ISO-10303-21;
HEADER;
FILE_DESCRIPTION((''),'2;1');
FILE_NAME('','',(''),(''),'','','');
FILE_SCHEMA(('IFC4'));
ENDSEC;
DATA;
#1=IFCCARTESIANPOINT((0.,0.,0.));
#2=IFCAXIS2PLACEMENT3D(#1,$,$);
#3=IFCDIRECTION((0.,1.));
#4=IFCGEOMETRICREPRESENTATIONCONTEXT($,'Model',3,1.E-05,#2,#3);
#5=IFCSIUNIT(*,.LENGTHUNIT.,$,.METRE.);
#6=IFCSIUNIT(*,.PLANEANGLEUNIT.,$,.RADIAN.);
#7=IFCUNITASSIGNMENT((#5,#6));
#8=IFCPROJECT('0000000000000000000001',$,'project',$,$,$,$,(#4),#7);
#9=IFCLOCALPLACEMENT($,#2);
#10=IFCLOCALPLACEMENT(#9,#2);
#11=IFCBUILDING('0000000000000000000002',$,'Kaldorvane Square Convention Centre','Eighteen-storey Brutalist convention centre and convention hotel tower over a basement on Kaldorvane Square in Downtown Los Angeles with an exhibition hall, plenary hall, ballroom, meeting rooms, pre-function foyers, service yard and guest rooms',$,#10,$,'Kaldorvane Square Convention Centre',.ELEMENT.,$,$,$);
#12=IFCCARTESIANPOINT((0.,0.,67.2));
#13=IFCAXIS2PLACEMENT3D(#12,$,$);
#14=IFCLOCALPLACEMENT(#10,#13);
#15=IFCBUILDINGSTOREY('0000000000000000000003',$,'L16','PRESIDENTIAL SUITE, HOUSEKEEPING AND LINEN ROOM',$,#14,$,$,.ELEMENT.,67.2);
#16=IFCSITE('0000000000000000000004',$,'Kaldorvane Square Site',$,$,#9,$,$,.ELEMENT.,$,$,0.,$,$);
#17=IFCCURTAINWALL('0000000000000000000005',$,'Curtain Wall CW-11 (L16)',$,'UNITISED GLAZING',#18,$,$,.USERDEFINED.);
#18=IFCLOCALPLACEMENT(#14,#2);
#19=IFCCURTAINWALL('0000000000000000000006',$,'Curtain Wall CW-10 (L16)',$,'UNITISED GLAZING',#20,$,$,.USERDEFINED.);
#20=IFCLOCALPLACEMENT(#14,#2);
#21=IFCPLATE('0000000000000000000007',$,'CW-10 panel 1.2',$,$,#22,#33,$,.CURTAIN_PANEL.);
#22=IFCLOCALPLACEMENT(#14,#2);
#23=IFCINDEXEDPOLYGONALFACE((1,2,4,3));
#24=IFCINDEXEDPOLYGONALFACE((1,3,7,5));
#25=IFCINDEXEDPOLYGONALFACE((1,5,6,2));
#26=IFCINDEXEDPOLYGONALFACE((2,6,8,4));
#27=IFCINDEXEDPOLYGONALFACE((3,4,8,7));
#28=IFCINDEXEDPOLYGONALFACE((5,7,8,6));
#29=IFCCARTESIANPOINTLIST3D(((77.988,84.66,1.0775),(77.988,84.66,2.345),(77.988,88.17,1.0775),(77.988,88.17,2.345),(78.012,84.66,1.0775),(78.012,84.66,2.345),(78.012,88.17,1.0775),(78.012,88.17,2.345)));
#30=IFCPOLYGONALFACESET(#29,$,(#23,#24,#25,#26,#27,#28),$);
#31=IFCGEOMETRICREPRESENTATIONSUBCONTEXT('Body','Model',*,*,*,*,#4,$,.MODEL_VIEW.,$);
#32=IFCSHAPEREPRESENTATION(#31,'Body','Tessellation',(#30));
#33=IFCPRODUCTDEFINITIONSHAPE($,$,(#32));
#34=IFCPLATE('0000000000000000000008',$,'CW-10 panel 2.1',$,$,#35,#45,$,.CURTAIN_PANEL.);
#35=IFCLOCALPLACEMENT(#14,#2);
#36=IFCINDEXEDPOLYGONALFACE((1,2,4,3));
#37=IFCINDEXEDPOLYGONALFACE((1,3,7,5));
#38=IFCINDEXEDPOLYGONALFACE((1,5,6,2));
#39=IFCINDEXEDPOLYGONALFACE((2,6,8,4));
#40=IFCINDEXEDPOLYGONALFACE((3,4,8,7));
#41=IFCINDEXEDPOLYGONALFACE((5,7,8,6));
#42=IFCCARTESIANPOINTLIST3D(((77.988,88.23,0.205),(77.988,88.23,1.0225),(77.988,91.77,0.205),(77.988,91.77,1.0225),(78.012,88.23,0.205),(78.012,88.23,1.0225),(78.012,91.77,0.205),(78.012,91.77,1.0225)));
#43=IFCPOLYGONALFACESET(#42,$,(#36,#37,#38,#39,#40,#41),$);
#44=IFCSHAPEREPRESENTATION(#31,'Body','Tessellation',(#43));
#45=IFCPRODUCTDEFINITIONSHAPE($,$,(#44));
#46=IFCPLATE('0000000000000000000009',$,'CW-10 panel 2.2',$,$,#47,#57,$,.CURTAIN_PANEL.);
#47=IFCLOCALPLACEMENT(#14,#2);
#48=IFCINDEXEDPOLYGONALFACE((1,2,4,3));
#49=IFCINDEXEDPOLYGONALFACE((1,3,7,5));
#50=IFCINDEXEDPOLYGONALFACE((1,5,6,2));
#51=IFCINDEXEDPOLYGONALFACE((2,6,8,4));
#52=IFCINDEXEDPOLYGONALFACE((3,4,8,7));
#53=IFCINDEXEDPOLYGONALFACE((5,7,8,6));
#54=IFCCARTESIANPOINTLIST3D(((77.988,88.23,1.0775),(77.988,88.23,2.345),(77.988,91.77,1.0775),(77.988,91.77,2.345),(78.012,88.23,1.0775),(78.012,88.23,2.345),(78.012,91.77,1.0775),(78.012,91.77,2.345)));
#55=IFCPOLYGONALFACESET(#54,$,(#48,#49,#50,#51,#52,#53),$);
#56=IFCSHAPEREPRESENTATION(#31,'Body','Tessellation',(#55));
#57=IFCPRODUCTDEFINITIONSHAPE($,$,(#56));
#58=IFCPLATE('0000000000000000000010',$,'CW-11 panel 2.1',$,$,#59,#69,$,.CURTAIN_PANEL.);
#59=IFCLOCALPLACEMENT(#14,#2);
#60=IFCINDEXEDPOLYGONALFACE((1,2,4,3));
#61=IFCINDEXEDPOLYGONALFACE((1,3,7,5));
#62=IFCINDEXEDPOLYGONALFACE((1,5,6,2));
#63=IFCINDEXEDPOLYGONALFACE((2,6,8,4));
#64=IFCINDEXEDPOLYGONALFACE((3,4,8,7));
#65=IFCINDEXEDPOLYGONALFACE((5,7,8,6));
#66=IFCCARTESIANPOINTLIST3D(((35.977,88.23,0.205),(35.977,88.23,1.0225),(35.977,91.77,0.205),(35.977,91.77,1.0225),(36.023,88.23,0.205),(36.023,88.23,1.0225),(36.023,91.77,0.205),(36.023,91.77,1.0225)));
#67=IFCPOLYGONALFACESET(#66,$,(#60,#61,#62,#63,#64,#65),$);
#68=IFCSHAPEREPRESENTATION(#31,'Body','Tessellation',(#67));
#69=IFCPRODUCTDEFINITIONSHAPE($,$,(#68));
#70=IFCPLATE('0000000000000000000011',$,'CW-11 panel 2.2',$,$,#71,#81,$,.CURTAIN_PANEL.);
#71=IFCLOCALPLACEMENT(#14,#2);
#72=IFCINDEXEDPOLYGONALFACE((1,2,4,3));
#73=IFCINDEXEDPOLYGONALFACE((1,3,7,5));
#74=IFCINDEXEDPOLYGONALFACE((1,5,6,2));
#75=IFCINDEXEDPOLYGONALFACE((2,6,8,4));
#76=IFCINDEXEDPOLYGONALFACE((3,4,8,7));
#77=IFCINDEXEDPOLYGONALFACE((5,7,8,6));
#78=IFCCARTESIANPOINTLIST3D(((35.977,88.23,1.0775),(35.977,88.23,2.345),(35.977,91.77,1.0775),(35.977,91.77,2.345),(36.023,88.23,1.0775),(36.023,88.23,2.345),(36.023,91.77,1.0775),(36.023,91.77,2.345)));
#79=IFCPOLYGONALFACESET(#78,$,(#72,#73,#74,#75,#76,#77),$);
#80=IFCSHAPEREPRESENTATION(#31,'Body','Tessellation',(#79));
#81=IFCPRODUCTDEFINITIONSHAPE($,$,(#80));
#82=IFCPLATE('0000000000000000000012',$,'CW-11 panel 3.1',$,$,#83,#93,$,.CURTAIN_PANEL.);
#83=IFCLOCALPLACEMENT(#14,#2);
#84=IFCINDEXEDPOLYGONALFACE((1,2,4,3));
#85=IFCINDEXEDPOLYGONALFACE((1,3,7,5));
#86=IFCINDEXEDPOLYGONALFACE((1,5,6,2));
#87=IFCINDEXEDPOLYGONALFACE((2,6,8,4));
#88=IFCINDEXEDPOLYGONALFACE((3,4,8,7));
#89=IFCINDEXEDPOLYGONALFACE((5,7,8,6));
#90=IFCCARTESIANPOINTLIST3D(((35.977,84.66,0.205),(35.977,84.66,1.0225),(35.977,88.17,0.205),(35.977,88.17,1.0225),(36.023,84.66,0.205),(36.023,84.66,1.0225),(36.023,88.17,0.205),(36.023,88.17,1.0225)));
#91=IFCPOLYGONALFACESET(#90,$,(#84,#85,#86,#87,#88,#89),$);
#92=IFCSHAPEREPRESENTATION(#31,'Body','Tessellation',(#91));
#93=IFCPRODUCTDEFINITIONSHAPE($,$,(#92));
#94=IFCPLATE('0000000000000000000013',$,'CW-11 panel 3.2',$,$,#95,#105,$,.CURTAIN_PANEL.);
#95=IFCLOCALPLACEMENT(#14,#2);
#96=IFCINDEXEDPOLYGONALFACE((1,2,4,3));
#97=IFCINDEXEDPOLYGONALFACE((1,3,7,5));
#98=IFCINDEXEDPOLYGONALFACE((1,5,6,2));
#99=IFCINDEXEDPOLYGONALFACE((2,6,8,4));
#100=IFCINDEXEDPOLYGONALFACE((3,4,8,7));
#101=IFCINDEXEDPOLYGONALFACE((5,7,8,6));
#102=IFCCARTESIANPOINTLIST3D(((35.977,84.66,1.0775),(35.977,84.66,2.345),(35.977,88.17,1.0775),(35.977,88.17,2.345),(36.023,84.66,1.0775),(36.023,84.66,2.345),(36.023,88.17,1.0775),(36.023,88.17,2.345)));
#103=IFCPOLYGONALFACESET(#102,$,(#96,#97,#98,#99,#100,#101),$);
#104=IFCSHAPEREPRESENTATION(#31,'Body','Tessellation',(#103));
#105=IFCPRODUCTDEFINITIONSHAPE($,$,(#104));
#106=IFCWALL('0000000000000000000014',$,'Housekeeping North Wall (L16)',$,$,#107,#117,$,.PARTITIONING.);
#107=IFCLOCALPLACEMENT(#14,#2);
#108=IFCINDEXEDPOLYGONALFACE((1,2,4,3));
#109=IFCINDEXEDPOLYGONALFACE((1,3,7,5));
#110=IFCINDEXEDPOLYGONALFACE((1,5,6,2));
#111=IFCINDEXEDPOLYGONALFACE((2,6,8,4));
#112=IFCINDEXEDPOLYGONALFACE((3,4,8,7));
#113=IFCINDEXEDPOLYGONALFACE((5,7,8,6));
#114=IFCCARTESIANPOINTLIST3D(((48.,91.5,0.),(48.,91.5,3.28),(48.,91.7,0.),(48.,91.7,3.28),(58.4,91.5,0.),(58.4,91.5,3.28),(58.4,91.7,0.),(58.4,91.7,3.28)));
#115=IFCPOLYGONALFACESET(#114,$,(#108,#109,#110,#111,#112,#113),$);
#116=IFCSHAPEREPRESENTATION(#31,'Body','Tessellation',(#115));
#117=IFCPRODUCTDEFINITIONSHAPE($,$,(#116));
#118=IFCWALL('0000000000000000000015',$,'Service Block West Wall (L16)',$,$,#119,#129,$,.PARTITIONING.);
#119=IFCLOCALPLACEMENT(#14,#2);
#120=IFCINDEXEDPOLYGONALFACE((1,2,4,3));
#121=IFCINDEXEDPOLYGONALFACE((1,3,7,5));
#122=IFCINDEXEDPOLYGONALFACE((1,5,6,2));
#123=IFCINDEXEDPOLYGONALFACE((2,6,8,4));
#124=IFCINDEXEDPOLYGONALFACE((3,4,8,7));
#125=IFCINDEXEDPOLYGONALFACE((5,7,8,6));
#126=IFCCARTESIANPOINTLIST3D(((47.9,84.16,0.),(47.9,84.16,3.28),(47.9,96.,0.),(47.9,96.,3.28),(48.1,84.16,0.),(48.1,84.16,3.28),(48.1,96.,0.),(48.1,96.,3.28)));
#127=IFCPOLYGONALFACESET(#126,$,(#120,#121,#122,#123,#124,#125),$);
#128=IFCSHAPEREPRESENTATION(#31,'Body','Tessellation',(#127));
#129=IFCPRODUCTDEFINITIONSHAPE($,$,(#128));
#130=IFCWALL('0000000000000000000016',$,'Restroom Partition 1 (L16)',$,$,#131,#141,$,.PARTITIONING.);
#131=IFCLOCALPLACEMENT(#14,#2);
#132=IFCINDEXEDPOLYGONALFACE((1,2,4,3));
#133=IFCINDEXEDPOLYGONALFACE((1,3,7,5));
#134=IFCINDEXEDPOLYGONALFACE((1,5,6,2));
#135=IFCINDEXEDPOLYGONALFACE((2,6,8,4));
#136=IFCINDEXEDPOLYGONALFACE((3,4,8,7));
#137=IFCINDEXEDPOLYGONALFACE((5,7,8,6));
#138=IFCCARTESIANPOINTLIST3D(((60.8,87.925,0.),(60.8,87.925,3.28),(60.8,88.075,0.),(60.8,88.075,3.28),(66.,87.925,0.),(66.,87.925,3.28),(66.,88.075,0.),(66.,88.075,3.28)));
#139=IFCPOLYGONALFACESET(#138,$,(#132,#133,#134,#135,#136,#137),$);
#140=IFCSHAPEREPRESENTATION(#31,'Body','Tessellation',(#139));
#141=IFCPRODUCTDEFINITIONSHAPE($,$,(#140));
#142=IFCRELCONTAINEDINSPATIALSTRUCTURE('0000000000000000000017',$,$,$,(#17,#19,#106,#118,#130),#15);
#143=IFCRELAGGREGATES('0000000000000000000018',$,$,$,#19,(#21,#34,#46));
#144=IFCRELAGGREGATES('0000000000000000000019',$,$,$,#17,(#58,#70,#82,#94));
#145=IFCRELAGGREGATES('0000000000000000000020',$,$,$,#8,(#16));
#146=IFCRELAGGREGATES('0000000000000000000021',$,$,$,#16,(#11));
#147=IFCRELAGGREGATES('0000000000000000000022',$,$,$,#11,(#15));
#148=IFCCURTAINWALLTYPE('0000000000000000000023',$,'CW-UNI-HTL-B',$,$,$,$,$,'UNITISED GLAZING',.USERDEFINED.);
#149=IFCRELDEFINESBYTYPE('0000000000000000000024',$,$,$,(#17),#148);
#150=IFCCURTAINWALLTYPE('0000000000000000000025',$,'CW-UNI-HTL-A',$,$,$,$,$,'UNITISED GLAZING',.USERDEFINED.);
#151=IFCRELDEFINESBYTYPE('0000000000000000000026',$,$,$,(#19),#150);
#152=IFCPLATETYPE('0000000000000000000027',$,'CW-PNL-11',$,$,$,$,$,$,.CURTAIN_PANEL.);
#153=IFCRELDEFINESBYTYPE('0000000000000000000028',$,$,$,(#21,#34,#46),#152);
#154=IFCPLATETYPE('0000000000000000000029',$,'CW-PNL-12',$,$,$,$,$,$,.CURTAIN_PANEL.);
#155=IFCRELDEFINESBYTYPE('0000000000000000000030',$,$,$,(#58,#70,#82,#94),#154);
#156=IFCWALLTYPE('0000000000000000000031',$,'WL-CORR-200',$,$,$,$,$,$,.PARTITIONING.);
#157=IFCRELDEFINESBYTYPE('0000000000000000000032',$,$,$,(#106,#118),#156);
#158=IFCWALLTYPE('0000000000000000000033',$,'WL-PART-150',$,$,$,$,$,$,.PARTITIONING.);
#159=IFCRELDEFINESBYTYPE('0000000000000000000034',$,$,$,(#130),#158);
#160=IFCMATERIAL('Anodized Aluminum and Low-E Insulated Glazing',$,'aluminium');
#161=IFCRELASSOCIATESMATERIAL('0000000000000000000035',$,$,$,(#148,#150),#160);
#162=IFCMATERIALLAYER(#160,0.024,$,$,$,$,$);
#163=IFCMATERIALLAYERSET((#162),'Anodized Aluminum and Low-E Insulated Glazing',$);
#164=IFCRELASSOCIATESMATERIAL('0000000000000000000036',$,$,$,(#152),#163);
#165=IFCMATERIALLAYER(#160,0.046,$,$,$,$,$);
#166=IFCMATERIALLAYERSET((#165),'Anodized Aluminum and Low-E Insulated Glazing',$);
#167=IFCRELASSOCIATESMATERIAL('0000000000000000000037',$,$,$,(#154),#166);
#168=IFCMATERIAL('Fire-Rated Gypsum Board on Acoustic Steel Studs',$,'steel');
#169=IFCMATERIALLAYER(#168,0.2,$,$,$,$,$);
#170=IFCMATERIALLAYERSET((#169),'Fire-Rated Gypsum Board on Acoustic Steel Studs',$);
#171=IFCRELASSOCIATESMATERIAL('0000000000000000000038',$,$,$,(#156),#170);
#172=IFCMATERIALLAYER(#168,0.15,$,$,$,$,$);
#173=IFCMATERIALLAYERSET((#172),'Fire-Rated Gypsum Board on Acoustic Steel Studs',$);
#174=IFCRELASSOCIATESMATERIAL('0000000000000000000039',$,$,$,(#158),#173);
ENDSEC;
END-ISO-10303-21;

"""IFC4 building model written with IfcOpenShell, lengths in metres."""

from ifc_helpers import new_model, si_unit, direction, frame, frame_2d, origin, origin_2d, place, context, subcontext, project, spatial, rectangle, extrude, material, layer, layer_set, type_object, element, aggregate, save


model = new_model("IFC4")

# Units and contexts
model_context = context("Model", 3, precision=1e-05, world=origin(), true_north=direction((0.0, 1.0)))
body_context = subcontext(model_context, "Body", "Model", "MODEL_VIEW")
ifc_project = project(units=[si_unit("LENGTHUNIT", "METRE"), si_unit("PLANEANGLEUNIT", "RADIAN")], contexts=[model_context])

# Site, building, storey
site_placement = place(None, origin())
site = spatial("IfcSite", under=ifc_project, at=site_placement, Name="Kaldorvane Square Site", CompositionType="ELEMENT", RefElevation=0.0)
building_placement = place(site_placement, origin())
building = spatial("IfcBuilding", under=site, at=building_placement, Name="Kaldorvane Square Convention Centre", Description="Eighteen-storey Brutalist convention centre and convention hotel tower over a basement on Kaldorvane Square in Downtown Los Angeles with an exhibition hall, plenary hall, ballroom, meeting rooms, pre-function foyers, service yard and guest rooms", LongName="Kaldorvane Square Convention Centre", CompositionType="ELEMENT")
storey_placement = place(building_placement, frame((0.0, 0.0, 67.2)))
storey = spatial("IfcBuildingStorey", under=building, at=storey_placement, Name="L16", Description="PRESIDENTIAL SUITE, HOUSEKEEPING AND LINEN ROOM", CompositionType="ELEMENT", Elevation=67.2)

# Curtain walls
ifc_material_1 = material(Name="Anodized Aluminum and Low-E Insulated Glazing", Category="aluminium")
curtain_wall_type_1 = type_object("IfcCurtainWallType", Name="CW-UNI-HTL-B", ElementType="UNITISED GLAZING", PredefinedType="USERDEFINED", material=ifc_material_1)
curtain_wall_1_placement = place(storey_placement, origin())
curtain_wall_1 = element("IfcCurtainWall", 1, at=curtain_wall_1_placement, inside=storey, type_object=curtain_wall_type_1, Name="Curtain Wall CW-11 (L16)", ObjectType="UNITISED GLAZING", PredefinedType="USERDEFINED")
curtain_wall_type_2 = type_object("IfcCurtainWallType", Name="CW-UNI-HTL-A", ElementType="UNITISED GLAZING", PredefinedType="USERDEFINED", material=ifc_material_1)
curtain_wall_2_placement = place(storey_placement, origin())
curtain_wall_2 = element("IfcCurtainWall", 2, at=curtain_wall_2_placement, inside=storey, type_object=curtain_wall_type_2, Name="Curtain Wall CW-10 (L16)", ObjectType="UNITISED GLAZING", PredefinedType="USERDEFINED")

# Plates
ifc_layer_1 = layer(ifc_material_1, 0.024)
ifc_layer_set_1 = layer_set([ifc_layer_1], Name="Anodized Aluminum and Low-E Insulated Glazing")
plate_type_1 = type_object("IfcPlateType", Name="CW-PNL-11", PredefinedType="CURTAIN_PANEL", material=ifc_layer_set_1)
plate_1_placement = place(storey_placement, frame((78.0, 86.415, 1.0775), z_axis=(0.0, 0.0, 1.0), x_axis=(0.0, 1.0, 0.0)))
plate_1 = element("IfcPlate", 3, at=plate_1_placement, type_object=plate_type_1, Name="CW-10 panel 1.2", PredefinedType="CURTAIN_PANEL", context=body_context, shape_type="SweptSolid", body=[
    extrude(rectangle(XDim=3.51, YDim=0.024, at=origin_2d()), origin(), (0.0, 0.0, 1.0), 1.2675),
])
plate_2_placement = place(storey_placement, frame((78.0, 90.0, 0.205), z_axis=(0.0, 0.0, 1.0), x_axis=(0.0, 1.0, 0.0)))
plate_2 = element("IfcPlate", 4, at=plate_2_placement, type_object=plate_type_1, Name="CW-10 panel 2.1", PredefinedType="CURTAIN_PANEL", context=body_context, shape_type="SweptSolid", body=[
    extrude(rectangle(XDim=3.54, YDim=0.024, at=origin_2d()), origin(), (0.0, 0.0, 1.0), 0.8175),
])
plate_3_placement = place(storey_placement, frame((78.0, 90.0, 1.0775), z_axis=(0.0, 0.0, 1.0), x_axis=(0.0, 1.0, 0.0)))
plate_3 = element("IfcPlate", 5, at=plate_3_placement, type_object=plate_type_1, Name="CW-10 panel 2.2", PredefinedType="CURTAIN_PANEL", context=body_context, shape_type="SweptSolid", body=[
    extrude(rectangle(XDim=3.54, YDim=0.024, at=origin_2d()), origin(), (0.0, 0.0, 1.0), 1.2675),
])
aggregate(curtain_wall_2, [plate_1, plate_2, plate_3])
ifc_layer_2 = layer(ifc_material_1, 0.046)
ifc_layer_set_2 = layer_set([ifc_layer_2], Name="Anodized Aluminum and Low-E Insulated Glazing")
plate_type_2 = type_object("IfcPlateType", Name="CW-PNL-12", PredefinedType="CURTAIN_PANEL", material=ifc_layer_set_2)
plate_4_placement = place(storey_placement, frame((36.0, 90.0, 0.205), z_axis=(0.0, 0.0, 1.0), x_axis=(0.0, -1.0, 0.0)))
plate_4 = element("IfcPlate", 6, at=plate_4_placement, type_object=plate_type_2, Name="CW-11 panel 2.1", PredefinedType="CURTAIN_PANEL", context=body_context, shape_type="SweptSolid", body=[
    extrude(rectangle(XDim=3.54, YDim=0.046, at=origin_2d()), origin(), (0.0, 0.0, 1.0), 0.8175),
])
plate_5_placement = place(storey_placement, frame((36.0, 90.0, 1.0775), z_axis=(0.0, 0.0, 1.0), x_axis=(0.0, -1.0, 0.0)))
plate_5 = element("IfcPlate", 7, at=plate_5_placement, type_object=plate_type_2, Name="CW-11 panel 2.2", PredefinedType="CURTAIN_PANEL", context=body_context, shape_type="SweptSolid", body=[
    extrude(rectangle(XDim=3.54, YDim=0.046, at=origin_2d()), origin(), (0.0, 0.0, 1.0), 1.2675),
])
plate_6_placement = place(storey_placement, frame((36.0, 86.415, 0.205), z_axis=(0.0, 0.0, 1.0), x_axis=(0.0, -1.0, 0.0)))
plate_6 = element("IfcPlate", 8, at=plate_6_placement, type_object=plate_type_2, Name="CW-11 panel 3.1", PredefinedType="CURTAIN_PANEL", context=body_context, shape_type="SweptSolid", body=[
    extrude(rectangle(XDim=3.51, YDim=0.046, at=origin_2d()), origin(), (0.0, 0.0, 1.0), 0.8175),
])
plate_7_placement = place(storey_placement, frame((36.0, 86.415, 1.0775), z_axis=(0.0, 0.0, 1.0), x_axis=(0.0, -1.0, 0.0)))
plate_7 = element("IfcPlate", 9, at=plate_7_placement, type_object=plate_type_2, Name="CW-11 panel 3.2", PredefinedType="CURTAIN_PANEL", context=body_context, shape_type="SweptSolid", body=[
    extrude(rectangle(XDim=3.51, YDim=0.046, at=origin_2d()), origin(), (0.0, 0.0, 1.0), 1.2675),
])
aggregate(curtain_wall_1, [plate_4, plate_5, plate_6, plate_7])

# Walls
ifc_material_2 = material(Name="Fire-Rated Gypsum Board on Acoustic Steel Studs", Category="steel")
ifc_layer_3 = layer(ifc_material_2, 0.2)
ifc_layer_set_3 = layer_set([ifc_layer_3], Name="Fire-Rated Gypsum Board on Acoustic Steel Studs")
wall_type_1 = type_object("IfcWallType", Name="WL-CORR-200", PredefinedType="PARTITIONING", material=ifc_layer_set_3)
wall_1_placement = place(storey_placement, frame((48.0, 91.6, 0.0), z_axis=(0.0, 0.0, 1.0), x_axis=(1.0, 0.0, 0.0)))
element("IfcWall", 10, at=wall_1_placement, inside=storey, type_object=wall_type_1, Name="Housekeeping North Wall (L16)", PredefinedType="PARTITIONING", context=body_context, shape_type="SweptSolid", body=[
    extrude(rectangle(XDim=10.4, YDim=0.2, at=frame_2d((5.2, 0.0))), origin(), (0.0, 0.0, 1.0), 3.28),
])
wall_2_placement = place(storey_placement, frame((48.0, 84.16, 0.0), z_axis=(0.0, 0.0, 1.0), x_axis=(0.0, 1.0, 0.0)))
element("IfcWall", 11, at=wall_2_placement, inside=storey, type_object=wall_type_1, Name="Service Block West Wall (L16)", PredefinedType="PARTITIONING", context=body_context, shape_type="SweptSolid", body=[
    extrude(rectangle(XDim=11.84, YDim=0.2, at=frame_2d((5.92, 0.0))), origin(), (0.0, 0.0, 1.0), 3.28),
])
ifc_layer_4 = layer(ifc_material_2, 0.15)
ifc_layer_set_4 = layer_set([ifc_layer_4], Name="Fire-Rated Gypsum Board on Acoustic Steel Studs")
wall_type_2 = type_object("IfcWallType", Name="WL-PART-150", PredefinedType="PARTITIONING", material=ifc_layer_set_4)
wall_3_placement = place(storey_placement, frame((60.8, 88.0, 0.0), z_axis=(0.0, 0.0, 1.0), x_axis=(1.0, 0.0, 0.0)))
element("IfcWall", 12, at=wall_3_placement, inside=storey, type_object=wall_type_2, Name="Restroom Partition 1 (L16)", PredefinedType="PARTITIONING", context=body_context, shape_type="SweptSolid", body=[
    extrude(rectangle(XDim=5.2, YDim=0.15, at=frame_2d((2.6, 0.0))), origin(), (0.0, 0.0, 1.0), 3.28),
])

save(model, "model.ifc")
